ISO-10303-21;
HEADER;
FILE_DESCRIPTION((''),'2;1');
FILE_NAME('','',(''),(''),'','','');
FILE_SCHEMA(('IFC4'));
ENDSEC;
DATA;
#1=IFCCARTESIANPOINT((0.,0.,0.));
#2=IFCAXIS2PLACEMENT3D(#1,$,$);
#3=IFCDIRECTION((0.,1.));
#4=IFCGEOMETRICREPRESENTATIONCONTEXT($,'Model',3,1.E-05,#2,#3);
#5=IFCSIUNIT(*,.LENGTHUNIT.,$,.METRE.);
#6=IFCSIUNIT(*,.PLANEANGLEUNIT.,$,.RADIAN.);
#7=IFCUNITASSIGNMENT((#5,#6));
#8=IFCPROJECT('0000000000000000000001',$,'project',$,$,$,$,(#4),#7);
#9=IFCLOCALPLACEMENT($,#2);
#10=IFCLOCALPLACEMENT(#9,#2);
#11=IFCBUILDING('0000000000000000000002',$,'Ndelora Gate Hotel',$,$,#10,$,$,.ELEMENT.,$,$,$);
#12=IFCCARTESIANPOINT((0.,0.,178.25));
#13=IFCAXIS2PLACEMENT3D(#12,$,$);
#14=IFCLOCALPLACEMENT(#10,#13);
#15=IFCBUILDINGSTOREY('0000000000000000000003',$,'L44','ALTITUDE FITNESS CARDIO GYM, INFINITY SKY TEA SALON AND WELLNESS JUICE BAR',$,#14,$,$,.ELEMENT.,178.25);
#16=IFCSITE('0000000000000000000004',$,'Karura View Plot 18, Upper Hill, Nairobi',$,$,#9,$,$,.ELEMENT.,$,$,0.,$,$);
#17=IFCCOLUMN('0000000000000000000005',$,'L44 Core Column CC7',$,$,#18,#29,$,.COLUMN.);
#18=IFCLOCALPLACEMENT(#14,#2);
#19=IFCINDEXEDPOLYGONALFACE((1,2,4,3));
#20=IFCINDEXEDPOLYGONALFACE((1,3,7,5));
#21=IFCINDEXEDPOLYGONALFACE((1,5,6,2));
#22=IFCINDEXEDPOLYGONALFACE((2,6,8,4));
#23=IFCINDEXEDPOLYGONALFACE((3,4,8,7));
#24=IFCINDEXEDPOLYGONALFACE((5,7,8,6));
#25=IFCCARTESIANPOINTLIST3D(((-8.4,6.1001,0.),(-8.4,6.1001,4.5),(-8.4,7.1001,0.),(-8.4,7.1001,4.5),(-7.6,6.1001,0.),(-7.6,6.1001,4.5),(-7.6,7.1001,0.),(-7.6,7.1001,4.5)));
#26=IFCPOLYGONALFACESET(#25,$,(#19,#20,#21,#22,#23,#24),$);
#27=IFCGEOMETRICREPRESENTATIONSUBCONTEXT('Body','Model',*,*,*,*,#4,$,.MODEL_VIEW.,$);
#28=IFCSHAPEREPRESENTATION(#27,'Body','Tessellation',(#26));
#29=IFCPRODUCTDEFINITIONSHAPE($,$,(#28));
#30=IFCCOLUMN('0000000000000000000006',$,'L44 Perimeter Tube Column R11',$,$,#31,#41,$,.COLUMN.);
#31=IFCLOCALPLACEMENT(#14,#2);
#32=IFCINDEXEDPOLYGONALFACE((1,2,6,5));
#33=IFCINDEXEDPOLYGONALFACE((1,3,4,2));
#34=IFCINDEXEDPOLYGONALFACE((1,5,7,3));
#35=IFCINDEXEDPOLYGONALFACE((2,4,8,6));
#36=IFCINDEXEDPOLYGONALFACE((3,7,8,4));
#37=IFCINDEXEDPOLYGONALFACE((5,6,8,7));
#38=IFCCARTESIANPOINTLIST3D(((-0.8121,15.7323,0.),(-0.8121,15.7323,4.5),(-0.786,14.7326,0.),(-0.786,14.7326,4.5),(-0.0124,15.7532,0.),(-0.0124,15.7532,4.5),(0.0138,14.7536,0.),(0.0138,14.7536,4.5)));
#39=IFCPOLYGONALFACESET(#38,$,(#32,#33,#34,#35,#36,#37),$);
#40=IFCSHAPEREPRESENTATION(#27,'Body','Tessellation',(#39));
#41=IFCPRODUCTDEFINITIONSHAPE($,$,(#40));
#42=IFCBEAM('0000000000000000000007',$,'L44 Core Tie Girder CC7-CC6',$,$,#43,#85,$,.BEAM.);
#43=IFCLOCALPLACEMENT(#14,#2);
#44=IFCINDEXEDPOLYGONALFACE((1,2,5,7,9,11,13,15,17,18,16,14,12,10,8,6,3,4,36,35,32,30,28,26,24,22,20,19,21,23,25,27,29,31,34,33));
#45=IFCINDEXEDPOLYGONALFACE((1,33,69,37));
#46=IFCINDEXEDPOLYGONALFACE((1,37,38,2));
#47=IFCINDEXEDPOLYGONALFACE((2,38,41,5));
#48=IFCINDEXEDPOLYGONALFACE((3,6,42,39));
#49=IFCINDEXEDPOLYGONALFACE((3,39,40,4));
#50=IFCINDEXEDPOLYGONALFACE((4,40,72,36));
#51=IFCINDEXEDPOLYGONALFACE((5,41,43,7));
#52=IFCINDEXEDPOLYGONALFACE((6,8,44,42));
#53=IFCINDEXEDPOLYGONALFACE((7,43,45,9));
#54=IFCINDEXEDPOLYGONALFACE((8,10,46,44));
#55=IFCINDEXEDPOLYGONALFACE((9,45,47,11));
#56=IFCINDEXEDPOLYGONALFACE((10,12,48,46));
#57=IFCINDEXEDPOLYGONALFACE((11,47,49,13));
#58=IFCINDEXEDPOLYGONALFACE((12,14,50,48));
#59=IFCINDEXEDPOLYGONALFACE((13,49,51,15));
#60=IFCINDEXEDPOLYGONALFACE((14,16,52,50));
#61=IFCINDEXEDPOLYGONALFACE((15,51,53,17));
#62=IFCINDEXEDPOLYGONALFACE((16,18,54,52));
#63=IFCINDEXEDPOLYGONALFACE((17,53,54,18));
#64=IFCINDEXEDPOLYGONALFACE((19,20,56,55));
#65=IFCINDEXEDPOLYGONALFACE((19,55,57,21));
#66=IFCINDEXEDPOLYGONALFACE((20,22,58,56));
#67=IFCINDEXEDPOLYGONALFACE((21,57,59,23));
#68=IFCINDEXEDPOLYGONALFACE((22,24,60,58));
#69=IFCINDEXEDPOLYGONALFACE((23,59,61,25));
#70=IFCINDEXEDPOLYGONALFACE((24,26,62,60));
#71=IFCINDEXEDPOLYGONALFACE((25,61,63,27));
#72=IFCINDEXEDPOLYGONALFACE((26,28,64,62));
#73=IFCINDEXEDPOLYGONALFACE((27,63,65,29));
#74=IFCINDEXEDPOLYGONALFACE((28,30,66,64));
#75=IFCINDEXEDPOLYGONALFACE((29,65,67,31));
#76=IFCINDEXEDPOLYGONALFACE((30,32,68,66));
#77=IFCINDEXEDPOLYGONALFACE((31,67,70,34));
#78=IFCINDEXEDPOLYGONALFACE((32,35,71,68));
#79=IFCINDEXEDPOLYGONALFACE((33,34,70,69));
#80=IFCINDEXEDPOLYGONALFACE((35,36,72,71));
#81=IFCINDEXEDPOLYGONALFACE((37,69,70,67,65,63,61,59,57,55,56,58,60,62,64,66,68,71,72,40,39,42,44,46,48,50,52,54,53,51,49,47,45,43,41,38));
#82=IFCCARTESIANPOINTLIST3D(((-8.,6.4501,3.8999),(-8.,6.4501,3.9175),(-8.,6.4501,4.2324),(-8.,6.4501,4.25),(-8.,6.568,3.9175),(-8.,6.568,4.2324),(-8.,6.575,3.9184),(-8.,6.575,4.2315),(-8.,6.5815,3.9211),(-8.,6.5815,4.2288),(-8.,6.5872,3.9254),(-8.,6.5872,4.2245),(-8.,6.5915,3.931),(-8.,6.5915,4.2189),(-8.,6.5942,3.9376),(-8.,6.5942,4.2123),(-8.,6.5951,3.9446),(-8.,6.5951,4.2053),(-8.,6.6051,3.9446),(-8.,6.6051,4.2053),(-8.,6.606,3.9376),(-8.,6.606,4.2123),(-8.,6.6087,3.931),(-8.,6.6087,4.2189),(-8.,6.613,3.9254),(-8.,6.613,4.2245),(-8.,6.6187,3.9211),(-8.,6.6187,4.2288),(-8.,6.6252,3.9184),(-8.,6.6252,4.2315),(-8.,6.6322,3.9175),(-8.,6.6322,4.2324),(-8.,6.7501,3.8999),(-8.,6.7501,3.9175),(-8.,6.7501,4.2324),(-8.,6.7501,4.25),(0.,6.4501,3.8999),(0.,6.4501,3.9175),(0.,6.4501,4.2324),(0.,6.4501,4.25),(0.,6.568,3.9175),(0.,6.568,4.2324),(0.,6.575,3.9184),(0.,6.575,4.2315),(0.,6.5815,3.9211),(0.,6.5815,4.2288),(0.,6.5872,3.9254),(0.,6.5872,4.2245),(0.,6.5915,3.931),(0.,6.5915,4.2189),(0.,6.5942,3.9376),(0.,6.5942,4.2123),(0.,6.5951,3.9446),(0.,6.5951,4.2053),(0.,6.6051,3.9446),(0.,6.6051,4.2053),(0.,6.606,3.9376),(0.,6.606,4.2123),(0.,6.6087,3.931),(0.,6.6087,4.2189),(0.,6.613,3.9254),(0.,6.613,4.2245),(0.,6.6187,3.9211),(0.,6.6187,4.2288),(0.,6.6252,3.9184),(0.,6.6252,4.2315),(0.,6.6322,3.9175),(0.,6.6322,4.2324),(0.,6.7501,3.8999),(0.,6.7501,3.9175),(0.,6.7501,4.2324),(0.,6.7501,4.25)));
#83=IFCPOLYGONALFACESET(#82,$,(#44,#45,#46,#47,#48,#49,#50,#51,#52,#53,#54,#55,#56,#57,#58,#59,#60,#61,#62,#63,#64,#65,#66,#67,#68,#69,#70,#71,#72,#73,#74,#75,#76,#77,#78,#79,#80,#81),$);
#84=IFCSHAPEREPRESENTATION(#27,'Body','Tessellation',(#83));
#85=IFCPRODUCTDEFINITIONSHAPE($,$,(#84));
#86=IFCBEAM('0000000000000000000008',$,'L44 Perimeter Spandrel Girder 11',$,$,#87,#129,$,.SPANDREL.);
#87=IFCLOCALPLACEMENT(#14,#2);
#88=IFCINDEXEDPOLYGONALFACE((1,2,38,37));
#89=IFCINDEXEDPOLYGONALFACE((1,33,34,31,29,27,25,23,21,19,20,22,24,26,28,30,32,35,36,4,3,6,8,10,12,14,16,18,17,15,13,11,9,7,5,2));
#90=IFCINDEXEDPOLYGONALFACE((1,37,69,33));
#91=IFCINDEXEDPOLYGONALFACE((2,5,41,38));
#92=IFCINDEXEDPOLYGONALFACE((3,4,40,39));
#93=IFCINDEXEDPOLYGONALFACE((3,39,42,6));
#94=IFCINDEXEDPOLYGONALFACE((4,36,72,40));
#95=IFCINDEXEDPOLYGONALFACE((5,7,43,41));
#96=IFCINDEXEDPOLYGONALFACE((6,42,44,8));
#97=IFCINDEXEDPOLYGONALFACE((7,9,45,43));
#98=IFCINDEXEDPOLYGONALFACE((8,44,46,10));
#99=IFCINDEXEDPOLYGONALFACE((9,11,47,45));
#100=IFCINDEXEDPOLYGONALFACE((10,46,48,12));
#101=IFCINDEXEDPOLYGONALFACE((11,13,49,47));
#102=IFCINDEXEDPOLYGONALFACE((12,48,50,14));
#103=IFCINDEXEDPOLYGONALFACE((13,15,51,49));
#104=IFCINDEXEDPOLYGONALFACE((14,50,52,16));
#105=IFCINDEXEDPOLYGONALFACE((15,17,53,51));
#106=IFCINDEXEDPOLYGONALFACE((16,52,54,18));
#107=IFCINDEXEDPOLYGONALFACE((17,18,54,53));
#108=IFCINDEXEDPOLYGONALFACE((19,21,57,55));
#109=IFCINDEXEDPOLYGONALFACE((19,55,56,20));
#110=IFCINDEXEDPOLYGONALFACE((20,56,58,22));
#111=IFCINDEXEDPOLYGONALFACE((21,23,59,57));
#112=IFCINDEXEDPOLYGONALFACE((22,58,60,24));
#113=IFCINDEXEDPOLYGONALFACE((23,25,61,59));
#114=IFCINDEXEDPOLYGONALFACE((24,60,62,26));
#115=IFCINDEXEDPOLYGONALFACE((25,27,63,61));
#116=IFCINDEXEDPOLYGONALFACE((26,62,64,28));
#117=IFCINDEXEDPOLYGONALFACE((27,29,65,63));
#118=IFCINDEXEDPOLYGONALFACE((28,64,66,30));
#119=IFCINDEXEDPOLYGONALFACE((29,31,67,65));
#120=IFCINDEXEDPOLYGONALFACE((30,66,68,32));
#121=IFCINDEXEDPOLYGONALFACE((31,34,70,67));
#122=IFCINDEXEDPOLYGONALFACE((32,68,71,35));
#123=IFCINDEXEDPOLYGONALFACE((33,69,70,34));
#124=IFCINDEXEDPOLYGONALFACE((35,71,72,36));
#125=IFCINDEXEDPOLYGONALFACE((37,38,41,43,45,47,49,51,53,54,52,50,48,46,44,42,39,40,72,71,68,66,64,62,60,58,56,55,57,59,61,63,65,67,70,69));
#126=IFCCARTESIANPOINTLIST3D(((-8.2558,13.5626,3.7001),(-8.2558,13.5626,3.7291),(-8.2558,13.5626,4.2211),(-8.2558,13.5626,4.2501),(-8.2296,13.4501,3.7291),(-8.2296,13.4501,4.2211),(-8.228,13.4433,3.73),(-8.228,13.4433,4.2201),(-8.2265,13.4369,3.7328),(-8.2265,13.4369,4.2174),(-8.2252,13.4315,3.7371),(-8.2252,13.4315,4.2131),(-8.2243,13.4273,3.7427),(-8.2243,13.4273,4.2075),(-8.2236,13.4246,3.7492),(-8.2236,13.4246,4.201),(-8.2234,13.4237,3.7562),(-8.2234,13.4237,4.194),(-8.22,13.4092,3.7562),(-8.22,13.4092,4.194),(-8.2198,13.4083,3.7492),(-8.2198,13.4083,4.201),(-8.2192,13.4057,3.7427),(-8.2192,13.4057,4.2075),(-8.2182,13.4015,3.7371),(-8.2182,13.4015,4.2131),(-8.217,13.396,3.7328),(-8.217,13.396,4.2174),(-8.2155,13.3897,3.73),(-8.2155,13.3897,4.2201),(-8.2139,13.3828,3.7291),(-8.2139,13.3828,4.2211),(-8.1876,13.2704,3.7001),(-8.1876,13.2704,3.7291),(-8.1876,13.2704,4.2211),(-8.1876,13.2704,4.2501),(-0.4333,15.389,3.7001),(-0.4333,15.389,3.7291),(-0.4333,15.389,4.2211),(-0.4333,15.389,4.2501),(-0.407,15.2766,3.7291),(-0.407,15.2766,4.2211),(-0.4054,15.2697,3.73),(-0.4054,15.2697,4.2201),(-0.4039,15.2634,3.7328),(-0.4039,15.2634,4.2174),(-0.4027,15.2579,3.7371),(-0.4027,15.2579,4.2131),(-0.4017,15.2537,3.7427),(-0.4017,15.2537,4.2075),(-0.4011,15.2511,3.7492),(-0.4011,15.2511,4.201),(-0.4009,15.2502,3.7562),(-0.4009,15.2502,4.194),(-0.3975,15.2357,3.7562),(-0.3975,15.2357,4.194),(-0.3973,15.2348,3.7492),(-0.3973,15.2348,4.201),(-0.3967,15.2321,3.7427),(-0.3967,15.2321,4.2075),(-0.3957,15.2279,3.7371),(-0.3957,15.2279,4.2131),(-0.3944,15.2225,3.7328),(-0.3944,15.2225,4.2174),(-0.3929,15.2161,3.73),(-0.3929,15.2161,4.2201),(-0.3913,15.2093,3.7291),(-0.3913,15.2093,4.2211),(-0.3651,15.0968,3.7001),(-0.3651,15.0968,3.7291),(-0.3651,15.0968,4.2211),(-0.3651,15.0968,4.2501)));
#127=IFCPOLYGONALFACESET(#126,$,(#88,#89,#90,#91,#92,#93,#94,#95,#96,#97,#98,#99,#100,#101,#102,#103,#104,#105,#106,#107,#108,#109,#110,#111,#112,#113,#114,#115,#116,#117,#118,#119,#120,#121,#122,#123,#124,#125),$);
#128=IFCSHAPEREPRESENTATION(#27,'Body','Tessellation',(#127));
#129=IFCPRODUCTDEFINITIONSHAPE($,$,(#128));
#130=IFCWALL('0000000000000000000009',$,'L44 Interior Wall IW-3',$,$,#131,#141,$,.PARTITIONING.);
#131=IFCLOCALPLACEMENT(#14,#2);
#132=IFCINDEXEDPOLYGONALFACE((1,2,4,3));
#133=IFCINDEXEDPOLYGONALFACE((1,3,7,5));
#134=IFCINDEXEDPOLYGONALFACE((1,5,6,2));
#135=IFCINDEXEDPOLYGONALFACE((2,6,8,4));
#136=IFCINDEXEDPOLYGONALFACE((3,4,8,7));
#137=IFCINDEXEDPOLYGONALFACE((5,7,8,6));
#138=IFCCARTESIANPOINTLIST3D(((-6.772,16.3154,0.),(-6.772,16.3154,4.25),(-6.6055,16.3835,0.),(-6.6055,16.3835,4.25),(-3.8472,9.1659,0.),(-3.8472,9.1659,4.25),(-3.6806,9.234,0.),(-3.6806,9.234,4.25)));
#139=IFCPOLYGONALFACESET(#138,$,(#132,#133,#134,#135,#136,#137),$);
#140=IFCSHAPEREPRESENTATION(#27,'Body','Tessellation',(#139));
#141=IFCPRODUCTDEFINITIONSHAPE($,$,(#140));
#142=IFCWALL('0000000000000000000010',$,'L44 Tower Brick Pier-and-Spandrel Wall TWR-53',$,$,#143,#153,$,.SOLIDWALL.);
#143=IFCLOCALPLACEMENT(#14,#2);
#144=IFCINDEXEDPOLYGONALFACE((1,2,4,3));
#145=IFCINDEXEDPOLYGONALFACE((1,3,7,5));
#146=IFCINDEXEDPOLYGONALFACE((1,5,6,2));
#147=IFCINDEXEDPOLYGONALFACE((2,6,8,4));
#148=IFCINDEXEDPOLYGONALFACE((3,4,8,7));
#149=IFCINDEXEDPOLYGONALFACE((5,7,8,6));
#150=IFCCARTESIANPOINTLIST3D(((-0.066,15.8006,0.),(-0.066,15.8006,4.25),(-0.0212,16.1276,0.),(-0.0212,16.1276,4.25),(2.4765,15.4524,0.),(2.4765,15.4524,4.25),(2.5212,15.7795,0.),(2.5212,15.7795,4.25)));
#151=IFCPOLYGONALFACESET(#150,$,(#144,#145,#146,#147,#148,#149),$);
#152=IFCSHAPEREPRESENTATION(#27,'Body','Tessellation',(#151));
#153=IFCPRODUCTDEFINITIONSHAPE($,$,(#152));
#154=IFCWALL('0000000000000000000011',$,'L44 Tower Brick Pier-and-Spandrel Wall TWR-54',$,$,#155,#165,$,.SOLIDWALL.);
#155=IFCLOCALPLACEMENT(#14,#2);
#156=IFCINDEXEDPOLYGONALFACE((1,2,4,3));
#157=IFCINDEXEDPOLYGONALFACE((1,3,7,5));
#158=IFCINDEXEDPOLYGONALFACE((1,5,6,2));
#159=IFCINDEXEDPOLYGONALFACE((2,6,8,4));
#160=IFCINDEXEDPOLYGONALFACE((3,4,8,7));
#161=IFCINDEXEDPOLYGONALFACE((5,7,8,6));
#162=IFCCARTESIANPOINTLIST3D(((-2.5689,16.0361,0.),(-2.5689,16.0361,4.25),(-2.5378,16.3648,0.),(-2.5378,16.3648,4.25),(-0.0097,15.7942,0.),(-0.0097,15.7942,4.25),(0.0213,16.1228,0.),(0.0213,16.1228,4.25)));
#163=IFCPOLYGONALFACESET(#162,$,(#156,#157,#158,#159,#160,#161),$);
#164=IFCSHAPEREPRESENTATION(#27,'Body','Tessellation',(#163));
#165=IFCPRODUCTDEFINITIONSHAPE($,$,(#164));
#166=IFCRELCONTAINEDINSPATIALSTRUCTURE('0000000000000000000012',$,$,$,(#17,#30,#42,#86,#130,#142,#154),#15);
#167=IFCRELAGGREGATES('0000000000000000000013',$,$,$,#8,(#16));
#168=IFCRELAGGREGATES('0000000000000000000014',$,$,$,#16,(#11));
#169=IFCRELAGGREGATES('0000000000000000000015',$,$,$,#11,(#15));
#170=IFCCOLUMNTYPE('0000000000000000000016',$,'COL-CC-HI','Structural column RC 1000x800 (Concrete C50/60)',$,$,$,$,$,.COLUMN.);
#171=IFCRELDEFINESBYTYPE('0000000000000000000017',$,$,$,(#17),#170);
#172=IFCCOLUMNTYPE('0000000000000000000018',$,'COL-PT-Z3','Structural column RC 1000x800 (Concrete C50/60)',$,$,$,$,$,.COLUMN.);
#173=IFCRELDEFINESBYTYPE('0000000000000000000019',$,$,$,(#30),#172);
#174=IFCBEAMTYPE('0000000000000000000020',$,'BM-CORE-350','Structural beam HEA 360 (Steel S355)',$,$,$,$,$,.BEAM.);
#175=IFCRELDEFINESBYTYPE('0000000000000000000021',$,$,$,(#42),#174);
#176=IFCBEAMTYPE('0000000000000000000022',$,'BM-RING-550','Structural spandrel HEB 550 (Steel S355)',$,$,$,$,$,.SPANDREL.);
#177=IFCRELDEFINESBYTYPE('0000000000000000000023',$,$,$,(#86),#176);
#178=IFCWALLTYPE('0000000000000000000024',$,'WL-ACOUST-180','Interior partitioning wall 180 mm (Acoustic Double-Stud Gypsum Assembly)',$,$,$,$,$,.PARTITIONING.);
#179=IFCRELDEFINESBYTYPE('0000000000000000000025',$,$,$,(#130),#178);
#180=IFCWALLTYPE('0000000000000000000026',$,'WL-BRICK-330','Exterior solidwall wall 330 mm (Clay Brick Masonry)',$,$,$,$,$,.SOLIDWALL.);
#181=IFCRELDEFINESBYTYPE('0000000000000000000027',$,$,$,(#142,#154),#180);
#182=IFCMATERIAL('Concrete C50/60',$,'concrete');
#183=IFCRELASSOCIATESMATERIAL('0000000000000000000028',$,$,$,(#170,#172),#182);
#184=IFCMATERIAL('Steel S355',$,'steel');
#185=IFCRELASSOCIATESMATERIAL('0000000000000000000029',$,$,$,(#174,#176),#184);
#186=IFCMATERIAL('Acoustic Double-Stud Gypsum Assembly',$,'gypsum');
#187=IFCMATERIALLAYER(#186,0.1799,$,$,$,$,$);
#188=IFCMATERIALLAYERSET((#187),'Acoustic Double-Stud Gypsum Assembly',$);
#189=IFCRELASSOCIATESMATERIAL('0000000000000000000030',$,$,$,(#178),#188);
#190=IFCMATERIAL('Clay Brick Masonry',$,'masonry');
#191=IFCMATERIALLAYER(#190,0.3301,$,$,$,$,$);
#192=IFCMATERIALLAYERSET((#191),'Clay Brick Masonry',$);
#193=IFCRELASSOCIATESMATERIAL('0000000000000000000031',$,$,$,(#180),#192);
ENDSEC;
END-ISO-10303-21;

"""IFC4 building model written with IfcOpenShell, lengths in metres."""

from ifc_helpers import new_model, si_unit, direction, frame, frame_2d, origin, origin_2d, place, context, subcontext, project, spatial, rectangle, i_section, extrude, material, layer, layer_set, material_profile, profile_set, type_object, element, save


model = new_model("IFC4")

# Units and contexts
model_context = context("Model", 3, precision=1e-05, world=origin(), true_north=direction((0.0, 1.0)))
body_context = subcontext(model_context, "Body", "Model", "MODEL_VIEW")
ifc_project = project(units=[si_unit("LENGTHUNIT", "METRE"), si_unit("PLANEANGLEUNIT", "RADIAN")], contexts=[model_context])

# Site, building, storey
site_placement = place(None, origin())
site = spatial("IfcSite", under=ifc_project, at=site_placement, Name="Karura View Plot 18, Upper Hill, Nairobi", CompositionType="ELEMENT", RefElevation=0.0)
building_placement = place(site_placement, origin())
building = spatial("IfcBuilding", under=site, at=building_placement, Name="Ndelora Gate Hotel", CompositionType="ELEMENT")
storey_placement = place(building_placement, frame((0.0, 0.0, 178.25)))
storey = spatial("IfcBuildingStorey", under=building, at=storey_placement, Name="L44", Description="ALTITUDE FITNESS CARDIO GYM, INFINITY SKY TEA SALON AND WELLNESS JUICE BAR", CompositionType="ELEMENT", Elevation=178.25)

# Columns
ifc_material_1 = material(Name="Concrete C50/60", Category="concrete")
ifc_material_profile_1 = material_profile(ifc_material_1, rectangle(XDim=0.8, YDim=1.0, at=origin_2d()), Name="RC 1000x800")
ifc_profile_set_1 = profile_set([ifc_material_profile_1], Name="Concrete C50/60")
column_type_1 = type_object("IfcColumnType", Name="COL-CC-HI", Description="Structural column RC 1000x800 (Concrete C50/60)", PredefinedType="COLUMN", material=ifc_profile_set_1)
column_1_placement = place(storey_placement, frame((-8.0, 6.6001, 0.0), z_axis=(0.0, 0.0, 1.0), x_axis=(1.0, 0.0, 0.0)))
element("IfcColumn", 1, at=column_1_placement, inside=storey, type_object=column_type_1, Name="L44 Core Column CC7", PredefinedType="COLUMN", context=body_context, shape_type="SweptSolid", body=[
    extrude(rectangle(XDim=0.8, YDim=1.0, at=origin_2d()), origin(), (0.0, 0.0, 1.0), 4.5),
])
ifc_material_profile_2 = material_profile(ifc_material_1, rectangle(XDim=0.8, YDim=1.0, at=origin_2d()), Name="RC 1000x800")
ifc_profile_set_2 = profile_set([ifc_material_profile_2], Name="Concrete C50/60")
column_type_2 = type_object("IfcColumnType", Name="COL-PT-Z3", Description="Structural column RC 1000x800 (Concrete C50/60)", PredefinedType="COLUMN", material=ifc_profile_set_2)
column_2_placement = place(storey_placement, frame((-0.3992, 15.2429, 0.0), z_axis=(0.0, 0.0, 1.0), x_axis=(0.999657, 0.026177, 0.0)))
element("IfcColumn", 2, at=column_2_placement, inside=storey, type_object=column_type_2, Name="L44 Perimeter Tube Column R11", PredefinedType="COLUMN", context=body_context, shape_type="SweptSolid", body=[
    extrude(rectangle(XDim=0.8, YDim=1.0, at=origin_2d()), origin(), (0.0, 0.0, 1.0), 4.5),
])

# Beams
ifc_material_2 = material(Name="Steel S355", Category="steel")
ifc_material_profile_3 = material_profile(ifc_material_2, i_section(OverallWidth=0.3, OverallDepth=0.3501, WebThickness=0.01, FlangeThickness=0.0176, FilletRadius=0.0271, at=origin_2d()), Name="HEA 360")
ifc_profile_set_3 = profile_set([ifc_material_profile_3], Name="Steel S355")
beam_type_1 = type_object("IfcBeamType", Name="BM-CORE-350", Description="Structural beam HEA 360 (Steel S355)", PredefinedType="BEAM", material=ifc_profile_set_3)
beam_1_placement = place(storey_placement, frame((-8.0, 6.6001, 4.075), z_axis=(1.0, 0.0, 0.0), x_axis=(0.0, 1.0, 0.0)))
element("IfcBeam", 3, at=beam_1_placement, inside=storey, type_object=beam_type_1, Name="L44 Core Tie Girder CC7-CC6", PredefinedType="BEAM", context=body_context, shape_type="SweptSolid", body=[
    extrude(i_section(OverallWidth=0.3, OverallDepth=0.3501, WebThickness=0.01, FlangeThickness=0.0176, FilletRadius=0.0271, at=origin_2d()), origin(), (0.0, 0.0, 1.0), 8.0),
])
ifc_material_profile_4 = material_profile(ifc_material_2, i_section(OverallWidth=0.3, OverallDepth=0.55, WebThickness=0.0149, FlangeThickness=0.0291, FilletRadius=0.0271, at=origin_2d()), Name="HEB 550")
ifc_profile_set_4 = profile_set([ifc_material_profile_4], Name="Steel S355")
beam_type_2 = type_object("IfcBeamType", Name="BM-RING-550", Description="Structural spandrel HEB 550 (Steel S355)", PredefinedType="SPANDREL", material=ifc_profile_set_4)
beam_2_placement = place(storey_placement, frame((-0.3992, 15.2429, 3.9751), z_axis=(-0.973809, -0.227367, 0.0), x_axis=(0.227367, -0.973809, 0.0)))
element("IfcBeam", 4, at=beam_2_placement, inside=storey, type_object=beam_type_2, Name="L44 Perimeter Spandrel Girder 11", PredefinedType="SPANDREL", context=body_context, shape_type="SweptSolid", body=[
    extrude(i_section(OverallWidth=0.3, OverallDepth=0.55, WebThickness=0.0149, FlangeThickness=0.0291, FilletRadius=0.0271, at=origin_2d()), origin(), (0.0, 0.0, 1.0), 8.033),
])

# Walls
ifc_material_3 = material(Name="Acoustic Double-Stud Gypsum Assembly", Category="gypsum")
ifc_layer_1 = layer(ifc_material_3, 0.1799)
ifc_layer_set_1 = layer_set([ifc_layer_1], Name="Acoustic Double-Stud Gypsum Assembly")
wall_type_1 = type_object("IfcWallType", Name="WL-ACOUST-180", Description="Interior partitioning wall 180 mm (Acoustic Double-Stud Gypsum Assembly)", PredefinedType="PARTITIONING", material=ifc_layer_set_1)
wall_1_placement = place(storey_placement, frame((-3.7639, 9.2, 0.0), z_axis=(0.0, 0.0, 1.0), x_axis=(-0.378638, 0.925545, 0.0)))
element("IfcWall", 5, at=wall_1_placement, inside=storey, type_object=wall_type_1, Name="L44 Interior Wall IW-3", PredefinedType="PARTITIONING", context=body_context, shape_type="SweptSolid", body=[
    extrude(rectangle(XDim=7.7246, YDim=0.1799, at=frame_2d((3.8623, 0.0))), origin(), (0.0, 0.0, 1.0), 4.25),
])
ifc_material_4 = material(Name="Clay Brick Masonry", Category="masonry")
ifc_layer_2 = layer(ifc_material_4, 0.3301)
ifc_layer_set_2 = layer_set([ifc_layer_2], Name="Clay Brick Masonry")
wall_type_2 = type_object("IfcWallType", Name="WL-BRICK-330", Description="Exterior solidwall wall 330 mm (Clay Brick Masonry)", PredefinedType="SOLIDWALL", material=ifc_layer_set_2)
wall_2_placement = place(storey_placement, frame((-0.0437, 15.9641, 0.0), z_axis=(0.0, 0.0, 1.0), x_axis=(0.990755, -0.135665, 0.0)))
element("IfcWall", 6, at=wall_2_placement, inside=storey, type_object=wall_type_2, Name="L44 Tower Brick Pier-and-Spandrel Wall TWR-53", PredefinedType="SOLIDWALL", context=body_context, shape_type="SweptSolid", body=[
    extrude(rectangle(XDim=2.5662, YDim=0.3301, at=frame_2d((1.2832, 0.0))), origin(), (0.0, 0.0, 1.0), 4.25),
])
wall_3_placement = place(storey_placement, frame((-2.5532, 16.2004, 0.0), z_axis=(0.0, 0.0, 1.0), x_axis=(0.995561, -0.094123, 0.0)))
element("IfcWall", 7, at=wall_3_placement, inside=storey, type_object=wall_type_2, Name="L44 Tower Brick Pier-and-Spandrel Wall TWR-54", PredefinedType="SOLIDWALL", context=body_context, shape_type="SweptSolid", body=[
    extrude(rectangle(XDim=2.5706, YDim=0.3301, at=frame_2d((1.2852, 0.0))), origin(), (0.0, 0.0, 1.0), 4.25),
])

save(model, "model.ifc")
